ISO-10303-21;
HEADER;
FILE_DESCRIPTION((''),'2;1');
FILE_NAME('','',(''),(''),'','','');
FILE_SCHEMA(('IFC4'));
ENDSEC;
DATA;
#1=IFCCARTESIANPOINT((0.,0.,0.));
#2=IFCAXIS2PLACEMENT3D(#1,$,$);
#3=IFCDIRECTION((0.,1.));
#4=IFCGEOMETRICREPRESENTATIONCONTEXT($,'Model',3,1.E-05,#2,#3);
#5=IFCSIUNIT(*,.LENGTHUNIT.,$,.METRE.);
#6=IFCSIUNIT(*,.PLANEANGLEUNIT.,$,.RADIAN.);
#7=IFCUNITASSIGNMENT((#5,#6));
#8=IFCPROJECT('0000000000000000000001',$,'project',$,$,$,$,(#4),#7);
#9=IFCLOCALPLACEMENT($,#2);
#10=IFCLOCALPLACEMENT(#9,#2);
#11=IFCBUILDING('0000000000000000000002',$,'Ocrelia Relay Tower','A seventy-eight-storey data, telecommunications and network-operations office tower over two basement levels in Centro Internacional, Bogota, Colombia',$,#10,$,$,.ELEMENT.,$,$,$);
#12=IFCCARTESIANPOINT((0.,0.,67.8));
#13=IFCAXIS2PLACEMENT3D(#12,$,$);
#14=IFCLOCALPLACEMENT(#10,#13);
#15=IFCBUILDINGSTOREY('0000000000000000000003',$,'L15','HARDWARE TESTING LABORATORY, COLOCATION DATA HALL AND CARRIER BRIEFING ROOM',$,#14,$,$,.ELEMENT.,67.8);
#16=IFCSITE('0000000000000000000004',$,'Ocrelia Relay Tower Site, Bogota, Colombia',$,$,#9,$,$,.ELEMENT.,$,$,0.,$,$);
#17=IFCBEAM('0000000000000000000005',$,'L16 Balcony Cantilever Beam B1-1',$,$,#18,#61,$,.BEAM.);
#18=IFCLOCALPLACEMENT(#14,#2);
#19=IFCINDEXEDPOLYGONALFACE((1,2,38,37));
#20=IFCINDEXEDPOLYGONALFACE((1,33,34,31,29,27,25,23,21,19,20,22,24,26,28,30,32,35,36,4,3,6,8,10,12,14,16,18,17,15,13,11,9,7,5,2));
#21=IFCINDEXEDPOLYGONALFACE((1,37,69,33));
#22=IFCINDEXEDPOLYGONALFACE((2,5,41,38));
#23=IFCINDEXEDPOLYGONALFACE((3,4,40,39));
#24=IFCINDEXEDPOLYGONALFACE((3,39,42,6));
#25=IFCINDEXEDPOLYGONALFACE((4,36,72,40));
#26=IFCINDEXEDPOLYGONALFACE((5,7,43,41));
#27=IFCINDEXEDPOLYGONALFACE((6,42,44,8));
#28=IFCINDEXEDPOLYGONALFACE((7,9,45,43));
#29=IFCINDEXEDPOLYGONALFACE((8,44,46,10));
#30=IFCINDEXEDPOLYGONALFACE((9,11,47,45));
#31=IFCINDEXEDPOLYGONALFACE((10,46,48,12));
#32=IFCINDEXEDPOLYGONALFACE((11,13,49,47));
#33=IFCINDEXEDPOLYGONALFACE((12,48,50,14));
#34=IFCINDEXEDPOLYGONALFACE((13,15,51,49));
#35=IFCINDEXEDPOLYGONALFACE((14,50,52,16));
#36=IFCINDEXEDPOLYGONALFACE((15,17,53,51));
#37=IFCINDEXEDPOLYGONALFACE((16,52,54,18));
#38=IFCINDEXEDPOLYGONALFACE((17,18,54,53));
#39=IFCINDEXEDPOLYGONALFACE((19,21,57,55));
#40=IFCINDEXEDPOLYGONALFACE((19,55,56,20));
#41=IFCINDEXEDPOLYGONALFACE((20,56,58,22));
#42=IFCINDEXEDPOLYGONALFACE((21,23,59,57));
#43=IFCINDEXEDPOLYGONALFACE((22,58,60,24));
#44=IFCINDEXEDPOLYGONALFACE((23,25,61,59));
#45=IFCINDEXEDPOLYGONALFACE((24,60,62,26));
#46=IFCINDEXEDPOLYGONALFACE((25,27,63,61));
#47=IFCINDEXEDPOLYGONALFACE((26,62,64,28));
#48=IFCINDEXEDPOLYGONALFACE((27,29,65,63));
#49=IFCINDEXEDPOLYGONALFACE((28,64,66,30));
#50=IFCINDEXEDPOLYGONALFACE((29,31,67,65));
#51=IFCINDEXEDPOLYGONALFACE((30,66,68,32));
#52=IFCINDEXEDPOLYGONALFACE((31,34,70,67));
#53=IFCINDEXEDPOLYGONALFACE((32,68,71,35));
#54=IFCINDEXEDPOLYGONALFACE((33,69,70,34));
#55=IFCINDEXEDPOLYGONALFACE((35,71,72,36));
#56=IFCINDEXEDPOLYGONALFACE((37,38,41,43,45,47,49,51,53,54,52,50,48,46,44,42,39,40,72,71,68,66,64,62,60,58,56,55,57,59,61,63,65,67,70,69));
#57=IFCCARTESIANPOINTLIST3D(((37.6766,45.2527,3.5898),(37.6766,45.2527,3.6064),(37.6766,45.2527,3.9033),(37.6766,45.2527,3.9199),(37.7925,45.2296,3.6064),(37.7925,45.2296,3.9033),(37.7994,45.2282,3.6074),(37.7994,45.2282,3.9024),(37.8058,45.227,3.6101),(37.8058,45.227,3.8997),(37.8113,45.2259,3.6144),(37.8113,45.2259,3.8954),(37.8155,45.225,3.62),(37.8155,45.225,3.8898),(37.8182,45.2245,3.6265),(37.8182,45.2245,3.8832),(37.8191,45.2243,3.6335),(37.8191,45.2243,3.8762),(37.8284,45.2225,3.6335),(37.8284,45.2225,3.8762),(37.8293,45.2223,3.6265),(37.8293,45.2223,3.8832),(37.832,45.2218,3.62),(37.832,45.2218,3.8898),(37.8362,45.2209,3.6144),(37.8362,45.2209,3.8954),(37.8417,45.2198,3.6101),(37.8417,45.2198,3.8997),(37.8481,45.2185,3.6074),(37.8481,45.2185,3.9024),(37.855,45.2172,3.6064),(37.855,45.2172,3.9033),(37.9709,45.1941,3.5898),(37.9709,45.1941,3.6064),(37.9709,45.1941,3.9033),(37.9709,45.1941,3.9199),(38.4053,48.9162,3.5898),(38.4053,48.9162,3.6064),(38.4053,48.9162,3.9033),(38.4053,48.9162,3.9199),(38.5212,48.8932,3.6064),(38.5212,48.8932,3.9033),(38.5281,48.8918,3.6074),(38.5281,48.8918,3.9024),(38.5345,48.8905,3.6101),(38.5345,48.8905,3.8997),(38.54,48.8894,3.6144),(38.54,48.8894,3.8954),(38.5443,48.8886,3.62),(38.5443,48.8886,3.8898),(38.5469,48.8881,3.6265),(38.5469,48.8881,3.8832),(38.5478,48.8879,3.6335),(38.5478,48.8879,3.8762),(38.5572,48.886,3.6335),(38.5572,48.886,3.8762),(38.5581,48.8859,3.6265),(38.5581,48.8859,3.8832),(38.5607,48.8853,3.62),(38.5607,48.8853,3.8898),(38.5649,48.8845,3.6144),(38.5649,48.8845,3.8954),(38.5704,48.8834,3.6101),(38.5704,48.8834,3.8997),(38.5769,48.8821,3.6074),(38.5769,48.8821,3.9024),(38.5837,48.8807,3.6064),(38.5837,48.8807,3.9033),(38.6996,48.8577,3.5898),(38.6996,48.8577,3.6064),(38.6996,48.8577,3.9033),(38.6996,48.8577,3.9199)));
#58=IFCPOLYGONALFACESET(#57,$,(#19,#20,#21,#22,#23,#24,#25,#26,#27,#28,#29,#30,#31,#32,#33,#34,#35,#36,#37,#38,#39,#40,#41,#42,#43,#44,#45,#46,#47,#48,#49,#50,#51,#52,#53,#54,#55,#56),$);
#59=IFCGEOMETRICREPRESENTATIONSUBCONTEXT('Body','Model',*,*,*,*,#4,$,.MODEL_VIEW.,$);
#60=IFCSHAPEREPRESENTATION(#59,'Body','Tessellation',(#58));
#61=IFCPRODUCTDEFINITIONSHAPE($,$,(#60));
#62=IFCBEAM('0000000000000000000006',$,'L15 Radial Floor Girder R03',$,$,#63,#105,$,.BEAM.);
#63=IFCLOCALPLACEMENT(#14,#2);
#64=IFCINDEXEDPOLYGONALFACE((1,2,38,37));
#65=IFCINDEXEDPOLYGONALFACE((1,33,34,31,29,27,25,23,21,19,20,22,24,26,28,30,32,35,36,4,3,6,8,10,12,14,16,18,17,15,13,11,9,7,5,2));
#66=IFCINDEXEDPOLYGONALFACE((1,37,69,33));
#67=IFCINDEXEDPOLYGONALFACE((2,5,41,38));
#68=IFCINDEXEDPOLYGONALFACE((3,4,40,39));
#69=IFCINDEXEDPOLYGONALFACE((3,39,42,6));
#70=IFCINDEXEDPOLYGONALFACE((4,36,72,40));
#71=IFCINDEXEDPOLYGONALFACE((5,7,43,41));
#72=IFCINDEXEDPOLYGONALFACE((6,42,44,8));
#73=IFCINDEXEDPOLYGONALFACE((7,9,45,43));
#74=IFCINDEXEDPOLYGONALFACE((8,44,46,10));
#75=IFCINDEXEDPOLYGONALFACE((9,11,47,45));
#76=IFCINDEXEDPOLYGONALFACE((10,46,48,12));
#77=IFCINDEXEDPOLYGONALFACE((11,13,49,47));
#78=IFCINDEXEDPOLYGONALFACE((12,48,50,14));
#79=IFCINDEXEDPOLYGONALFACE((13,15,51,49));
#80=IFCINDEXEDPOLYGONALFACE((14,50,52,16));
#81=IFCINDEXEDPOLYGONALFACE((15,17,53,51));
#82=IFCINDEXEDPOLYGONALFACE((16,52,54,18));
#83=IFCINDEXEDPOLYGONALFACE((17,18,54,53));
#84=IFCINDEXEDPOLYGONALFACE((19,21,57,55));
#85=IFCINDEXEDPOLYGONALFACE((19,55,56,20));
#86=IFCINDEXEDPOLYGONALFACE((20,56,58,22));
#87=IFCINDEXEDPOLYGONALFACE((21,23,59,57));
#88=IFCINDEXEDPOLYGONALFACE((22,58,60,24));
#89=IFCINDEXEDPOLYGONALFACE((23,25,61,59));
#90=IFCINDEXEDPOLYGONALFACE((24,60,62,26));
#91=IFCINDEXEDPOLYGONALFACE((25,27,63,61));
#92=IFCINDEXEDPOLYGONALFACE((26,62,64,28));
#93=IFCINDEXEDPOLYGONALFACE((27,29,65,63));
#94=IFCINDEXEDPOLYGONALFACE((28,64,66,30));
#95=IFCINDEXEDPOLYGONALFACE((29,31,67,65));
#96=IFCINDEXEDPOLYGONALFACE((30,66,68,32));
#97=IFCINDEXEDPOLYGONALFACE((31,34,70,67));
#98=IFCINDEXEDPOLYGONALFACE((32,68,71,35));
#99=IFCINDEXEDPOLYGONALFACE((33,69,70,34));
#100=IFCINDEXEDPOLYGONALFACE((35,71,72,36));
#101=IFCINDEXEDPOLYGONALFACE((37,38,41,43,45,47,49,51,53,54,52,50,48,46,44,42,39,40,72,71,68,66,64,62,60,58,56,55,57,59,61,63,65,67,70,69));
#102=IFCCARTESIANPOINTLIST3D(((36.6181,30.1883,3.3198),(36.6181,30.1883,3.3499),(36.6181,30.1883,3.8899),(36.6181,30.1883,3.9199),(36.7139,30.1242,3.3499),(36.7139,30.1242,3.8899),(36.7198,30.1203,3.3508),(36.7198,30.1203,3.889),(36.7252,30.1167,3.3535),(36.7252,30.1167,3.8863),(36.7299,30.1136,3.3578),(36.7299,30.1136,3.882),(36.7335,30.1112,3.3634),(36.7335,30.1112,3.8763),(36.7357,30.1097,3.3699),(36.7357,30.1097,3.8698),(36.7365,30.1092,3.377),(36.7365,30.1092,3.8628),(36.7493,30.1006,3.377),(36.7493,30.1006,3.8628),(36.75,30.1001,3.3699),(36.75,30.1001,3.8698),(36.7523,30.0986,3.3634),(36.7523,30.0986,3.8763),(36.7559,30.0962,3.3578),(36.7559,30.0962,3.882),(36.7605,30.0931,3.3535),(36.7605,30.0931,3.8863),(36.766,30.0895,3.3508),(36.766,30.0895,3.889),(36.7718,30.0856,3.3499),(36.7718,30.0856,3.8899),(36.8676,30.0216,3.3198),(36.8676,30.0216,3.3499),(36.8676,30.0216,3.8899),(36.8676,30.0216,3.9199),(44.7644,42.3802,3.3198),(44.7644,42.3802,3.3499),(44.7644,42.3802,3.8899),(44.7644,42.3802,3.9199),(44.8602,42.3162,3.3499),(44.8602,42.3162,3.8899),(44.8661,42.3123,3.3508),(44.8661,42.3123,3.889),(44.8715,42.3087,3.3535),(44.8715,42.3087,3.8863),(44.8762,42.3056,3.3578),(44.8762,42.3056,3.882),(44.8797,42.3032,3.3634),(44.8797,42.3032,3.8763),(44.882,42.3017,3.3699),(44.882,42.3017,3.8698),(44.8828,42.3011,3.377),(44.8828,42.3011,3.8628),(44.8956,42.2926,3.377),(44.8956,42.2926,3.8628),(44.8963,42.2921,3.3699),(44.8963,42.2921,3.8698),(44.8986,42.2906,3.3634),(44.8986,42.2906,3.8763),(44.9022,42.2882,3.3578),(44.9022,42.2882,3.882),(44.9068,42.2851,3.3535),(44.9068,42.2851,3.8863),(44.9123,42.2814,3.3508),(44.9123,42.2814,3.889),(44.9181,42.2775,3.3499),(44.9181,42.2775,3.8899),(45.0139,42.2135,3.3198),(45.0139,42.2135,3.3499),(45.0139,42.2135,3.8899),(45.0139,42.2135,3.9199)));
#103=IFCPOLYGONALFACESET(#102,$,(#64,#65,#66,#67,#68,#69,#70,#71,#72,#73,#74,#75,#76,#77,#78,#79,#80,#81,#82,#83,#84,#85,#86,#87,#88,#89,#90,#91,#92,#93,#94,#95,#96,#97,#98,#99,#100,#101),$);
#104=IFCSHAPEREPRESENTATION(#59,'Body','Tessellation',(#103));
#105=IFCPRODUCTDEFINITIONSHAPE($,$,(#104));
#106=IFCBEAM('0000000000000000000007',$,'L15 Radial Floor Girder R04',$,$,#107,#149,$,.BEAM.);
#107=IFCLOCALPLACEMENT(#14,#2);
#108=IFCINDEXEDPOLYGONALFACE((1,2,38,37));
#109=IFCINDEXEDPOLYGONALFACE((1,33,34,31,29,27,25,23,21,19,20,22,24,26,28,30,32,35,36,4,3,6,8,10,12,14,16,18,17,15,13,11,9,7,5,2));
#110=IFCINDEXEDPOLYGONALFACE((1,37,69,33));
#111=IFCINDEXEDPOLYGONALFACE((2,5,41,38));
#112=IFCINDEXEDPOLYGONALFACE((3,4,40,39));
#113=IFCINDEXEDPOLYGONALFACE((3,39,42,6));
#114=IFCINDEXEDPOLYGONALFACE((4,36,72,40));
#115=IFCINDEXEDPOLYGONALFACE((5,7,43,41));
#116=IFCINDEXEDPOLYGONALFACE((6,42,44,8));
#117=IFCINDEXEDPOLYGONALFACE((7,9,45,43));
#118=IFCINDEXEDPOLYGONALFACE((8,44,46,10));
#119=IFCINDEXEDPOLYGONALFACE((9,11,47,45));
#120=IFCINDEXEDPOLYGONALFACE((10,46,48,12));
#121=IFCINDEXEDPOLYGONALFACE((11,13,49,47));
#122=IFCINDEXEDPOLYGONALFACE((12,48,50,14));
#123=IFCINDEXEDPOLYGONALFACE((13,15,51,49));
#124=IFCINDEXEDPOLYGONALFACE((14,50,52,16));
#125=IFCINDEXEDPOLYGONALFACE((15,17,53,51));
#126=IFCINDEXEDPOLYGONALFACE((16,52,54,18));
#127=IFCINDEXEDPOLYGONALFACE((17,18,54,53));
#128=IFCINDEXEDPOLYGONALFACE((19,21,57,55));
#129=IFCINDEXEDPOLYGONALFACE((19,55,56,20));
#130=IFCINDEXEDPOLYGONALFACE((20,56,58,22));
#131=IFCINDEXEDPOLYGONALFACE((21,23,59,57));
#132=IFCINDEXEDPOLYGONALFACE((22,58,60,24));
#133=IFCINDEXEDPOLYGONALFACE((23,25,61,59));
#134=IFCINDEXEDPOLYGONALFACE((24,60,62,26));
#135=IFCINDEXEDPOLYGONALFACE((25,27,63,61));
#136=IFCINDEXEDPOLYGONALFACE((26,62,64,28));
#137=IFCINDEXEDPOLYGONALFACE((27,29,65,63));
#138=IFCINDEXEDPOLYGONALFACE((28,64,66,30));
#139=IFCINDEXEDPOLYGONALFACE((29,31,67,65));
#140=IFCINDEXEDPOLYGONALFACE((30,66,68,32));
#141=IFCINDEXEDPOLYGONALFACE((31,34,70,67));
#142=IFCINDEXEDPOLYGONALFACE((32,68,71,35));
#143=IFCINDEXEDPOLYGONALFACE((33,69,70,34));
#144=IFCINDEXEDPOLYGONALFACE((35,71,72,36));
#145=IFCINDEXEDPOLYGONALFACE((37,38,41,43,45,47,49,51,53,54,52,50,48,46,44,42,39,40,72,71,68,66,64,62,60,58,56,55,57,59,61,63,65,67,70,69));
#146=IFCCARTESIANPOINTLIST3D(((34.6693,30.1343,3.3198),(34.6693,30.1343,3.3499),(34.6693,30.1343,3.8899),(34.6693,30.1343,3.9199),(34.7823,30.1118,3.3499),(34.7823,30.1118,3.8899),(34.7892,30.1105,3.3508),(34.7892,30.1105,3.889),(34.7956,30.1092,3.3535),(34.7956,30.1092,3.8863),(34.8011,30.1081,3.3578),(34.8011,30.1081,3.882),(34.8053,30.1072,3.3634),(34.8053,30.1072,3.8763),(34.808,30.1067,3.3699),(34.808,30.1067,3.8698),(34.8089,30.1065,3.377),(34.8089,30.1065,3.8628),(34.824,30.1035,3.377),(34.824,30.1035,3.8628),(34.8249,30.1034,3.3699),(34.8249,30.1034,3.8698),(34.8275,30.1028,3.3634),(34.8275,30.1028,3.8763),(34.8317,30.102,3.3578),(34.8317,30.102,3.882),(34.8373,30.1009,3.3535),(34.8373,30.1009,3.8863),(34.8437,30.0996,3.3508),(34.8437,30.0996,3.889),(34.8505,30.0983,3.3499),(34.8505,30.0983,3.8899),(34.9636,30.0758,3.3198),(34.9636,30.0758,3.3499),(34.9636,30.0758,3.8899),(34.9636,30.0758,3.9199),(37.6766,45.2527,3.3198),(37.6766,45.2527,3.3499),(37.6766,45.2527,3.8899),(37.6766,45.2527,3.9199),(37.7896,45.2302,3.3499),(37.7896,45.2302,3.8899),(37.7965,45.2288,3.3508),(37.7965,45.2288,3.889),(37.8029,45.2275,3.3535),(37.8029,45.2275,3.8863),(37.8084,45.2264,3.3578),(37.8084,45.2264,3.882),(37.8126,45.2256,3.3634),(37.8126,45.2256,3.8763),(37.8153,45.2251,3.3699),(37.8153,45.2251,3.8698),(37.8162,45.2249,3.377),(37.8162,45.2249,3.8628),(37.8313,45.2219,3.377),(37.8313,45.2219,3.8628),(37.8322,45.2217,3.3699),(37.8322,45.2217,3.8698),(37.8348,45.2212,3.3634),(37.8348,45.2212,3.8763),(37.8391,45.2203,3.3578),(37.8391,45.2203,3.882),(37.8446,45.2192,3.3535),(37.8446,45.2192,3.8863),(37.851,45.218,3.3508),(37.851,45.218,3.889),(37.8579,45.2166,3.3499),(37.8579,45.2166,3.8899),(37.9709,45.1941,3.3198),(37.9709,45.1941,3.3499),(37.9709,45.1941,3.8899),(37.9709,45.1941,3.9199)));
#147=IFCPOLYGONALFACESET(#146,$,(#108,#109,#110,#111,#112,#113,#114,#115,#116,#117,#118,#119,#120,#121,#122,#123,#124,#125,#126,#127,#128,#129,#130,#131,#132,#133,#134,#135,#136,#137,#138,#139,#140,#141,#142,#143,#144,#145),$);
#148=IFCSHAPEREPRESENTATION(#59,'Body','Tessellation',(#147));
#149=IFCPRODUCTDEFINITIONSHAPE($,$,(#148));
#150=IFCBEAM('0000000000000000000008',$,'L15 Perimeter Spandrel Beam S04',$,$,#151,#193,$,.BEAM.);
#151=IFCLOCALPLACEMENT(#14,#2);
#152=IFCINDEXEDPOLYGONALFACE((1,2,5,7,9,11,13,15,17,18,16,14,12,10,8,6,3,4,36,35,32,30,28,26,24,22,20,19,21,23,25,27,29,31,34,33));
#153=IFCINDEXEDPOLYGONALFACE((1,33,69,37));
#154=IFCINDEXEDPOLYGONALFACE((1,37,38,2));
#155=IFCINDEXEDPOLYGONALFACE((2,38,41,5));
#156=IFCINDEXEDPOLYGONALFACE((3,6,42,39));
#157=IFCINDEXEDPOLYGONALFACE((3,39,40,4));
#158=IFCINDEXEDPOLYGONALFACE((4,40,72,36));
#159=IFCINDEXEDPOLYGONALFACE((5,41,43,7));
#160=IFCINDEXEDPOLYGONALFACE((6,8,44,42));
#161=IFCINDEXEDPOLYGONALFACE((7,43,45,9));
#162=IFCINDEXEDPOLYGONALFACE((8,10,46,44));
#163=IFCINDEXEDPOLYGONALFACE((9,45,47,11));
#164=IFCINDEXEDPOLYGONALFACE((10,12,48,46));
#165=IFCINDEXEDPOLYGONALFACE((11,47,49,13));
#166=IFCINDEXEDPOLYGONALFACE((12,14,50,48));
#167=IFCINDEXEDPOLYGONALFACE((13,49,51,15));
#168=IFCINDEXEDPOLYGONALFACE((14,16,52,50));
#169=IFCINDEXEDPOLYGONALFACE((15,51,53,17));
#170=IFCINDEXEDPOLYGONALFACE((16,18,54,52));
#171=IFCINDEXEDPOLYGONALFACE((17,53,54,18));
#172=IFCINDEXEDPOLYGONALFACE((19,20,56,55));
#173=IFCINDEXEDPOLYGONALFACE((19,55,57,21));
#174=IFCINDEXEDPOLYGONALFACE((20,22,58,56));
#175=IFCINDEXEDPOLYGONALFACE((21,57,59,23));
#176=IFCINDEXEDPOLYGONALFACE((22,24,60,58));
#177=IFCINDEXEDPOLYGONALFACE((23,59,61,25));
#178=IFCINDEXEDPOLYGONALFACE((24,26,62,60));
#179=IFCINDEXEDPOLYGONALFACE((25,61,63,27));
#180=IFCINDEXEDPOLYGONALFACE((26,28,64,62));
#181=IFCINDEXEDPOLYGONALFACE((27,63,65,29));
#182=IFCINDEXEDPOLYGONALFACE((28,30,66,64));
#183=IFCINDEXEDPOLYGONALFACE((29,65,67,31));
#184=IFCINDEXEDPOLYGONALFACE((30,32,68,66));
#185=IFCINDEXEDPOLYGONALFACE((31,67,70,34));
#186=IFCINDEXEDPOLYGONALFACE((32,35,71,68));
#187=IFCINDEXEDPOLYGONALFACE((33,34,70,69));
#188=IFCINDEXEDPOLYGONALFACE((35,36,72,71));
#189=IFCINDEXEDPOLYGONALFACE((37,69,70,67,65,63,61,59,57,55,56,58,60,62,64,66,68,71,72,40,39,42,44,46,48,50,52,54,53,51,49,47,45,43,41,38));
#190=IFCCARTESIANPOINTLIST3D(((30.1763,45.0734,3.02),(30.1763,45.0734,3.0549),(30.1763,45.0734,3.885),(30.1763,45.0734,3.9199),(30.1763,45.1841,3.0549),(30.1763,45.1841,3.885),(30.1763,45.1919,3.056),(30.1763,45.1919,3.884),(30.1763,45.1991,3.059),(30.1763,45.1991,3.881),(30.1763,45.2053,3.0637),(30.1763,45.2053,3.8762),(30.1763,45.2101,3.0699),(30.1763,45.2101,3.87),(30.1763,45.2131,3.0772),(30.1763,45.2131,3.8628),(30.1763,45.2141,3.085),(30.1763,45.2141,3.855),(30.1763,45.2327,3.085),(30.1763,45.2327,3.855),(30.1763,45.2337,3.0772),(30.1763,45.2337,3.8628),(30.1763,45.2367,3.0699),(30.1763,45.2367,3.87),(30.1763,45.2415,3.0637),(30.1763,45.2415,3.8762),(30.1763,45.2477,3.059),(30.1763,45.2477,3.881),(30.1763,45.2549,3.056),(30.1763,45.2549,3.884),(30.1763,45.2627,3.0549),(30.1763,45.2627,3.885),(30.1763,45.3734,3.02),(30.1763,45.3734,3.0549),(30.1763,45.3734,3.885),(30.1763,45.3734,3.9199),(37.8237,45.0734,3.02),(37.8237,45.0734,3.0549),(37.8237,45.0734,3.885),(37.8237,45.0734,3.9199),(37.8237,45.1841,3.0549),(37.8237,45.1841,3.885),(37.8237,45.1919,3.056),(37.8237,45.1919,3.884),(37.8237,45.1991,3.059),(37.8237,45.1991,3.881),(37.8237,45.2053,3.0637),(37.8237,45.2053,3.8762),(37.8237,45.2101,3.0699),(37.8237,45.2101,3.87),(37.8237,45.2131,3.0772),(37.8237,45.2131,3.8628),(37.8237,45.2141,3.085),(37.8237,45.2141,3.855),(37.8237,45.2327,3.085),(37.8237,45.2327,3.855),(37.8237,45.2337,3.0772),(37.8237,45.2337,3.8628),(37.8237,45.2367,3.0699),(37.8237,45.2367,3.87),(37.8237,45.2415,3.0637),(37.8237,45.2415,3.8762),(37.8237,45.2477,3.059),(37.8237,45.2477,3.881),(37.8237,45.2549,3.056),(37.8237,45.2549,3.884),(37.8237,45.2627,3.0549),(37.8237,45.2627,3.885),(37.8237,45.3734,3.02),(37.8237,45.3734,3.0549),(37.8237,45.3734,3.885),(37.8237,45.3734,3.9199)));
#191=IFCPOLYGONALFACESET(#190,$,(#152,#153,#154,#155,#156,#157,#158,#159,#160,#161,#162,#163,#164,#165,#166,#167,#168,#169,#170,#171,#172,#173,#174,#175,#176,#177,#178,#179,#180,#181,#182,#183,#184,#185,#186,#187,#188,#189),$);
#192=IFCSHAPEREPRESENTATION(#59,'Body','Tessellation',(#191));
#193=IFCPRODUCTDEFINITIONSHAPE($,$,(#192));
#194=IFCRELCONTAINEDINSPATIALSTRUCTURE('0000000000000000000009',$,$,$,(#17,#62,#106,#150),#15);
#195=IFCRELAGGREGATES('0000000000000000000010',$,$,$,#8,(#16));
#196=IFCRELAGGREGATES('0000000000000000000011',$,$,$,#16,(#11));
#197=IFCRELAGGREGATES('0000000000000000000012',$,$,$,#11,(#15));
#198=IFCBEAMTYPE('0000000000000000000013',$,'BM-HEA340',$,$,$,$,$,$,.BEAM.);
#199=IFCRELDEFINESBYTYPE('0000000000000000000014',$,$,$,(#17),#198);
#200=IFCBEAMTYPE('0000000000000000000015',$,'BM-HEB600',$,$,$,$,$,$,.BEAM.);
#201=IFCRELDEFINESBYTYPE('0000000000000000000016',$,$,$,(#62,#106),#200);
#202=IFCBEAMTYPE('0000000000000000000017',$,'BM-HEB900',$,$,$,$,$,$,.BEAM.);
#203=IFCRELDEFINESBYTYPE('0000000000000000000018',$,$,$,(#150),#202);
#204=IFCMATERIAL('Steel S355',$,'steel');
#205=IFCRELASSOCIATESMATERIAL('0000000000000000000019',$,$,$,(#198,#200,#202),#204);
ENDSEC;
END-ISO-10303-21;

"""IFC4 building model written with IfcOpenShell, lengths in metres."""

from ifc_helpers import new_model, si_unit, direction, frame, origin, origin_2d, place, context, subcontext, project, spatial, i_section, extrude, material, material_profile, profile_set, type_object, element, save


model = new_model("IFC4")

# Units and contexts
model_context = context("Model", 3, precision=1e-05, world=origin(), true_north=direction((0.0, 1.0)))
body_context = subcontext(model_context, "Body", "Model", "MODEL_VIEW")
ifc_project = project(units=[si_unit("LENGTHUNIT", "METRE"), si_unit("PLANEANGLEUNIT", "RADIAN")], contexts=[model_context])

# Site, building, storey
site_placement = place(None, origin())
site = spatial("IfcSite", under=ifc_project, at=site_placement, Name="Ocrelia Relay Tower Site, Bogota, Colombia", CompositionType="ELEMENT", RefElevation=0.0)
building_placement = place(site_placement, origin())
building = spatial("IfcBuilding", under=site, at=building_placement, Name="Ocrelia Relay Tower", Description="A seventy-eight-storey data, telecommunications and network-operations office tower over two basement levels in Centro Internacional, Bogota, Colombia", CompositionType="ELEMENT")
storey_placement = place(building_placement, frame((0.0, 0.0, 67.8)))
storey = spatial("IfcBuildingStorey", under=building, at=storey_placement, Name="L15", Description="HARDWARE TESTING LABORATORY, COLOCATION DATA HALL AND CARRIER BRIEFING ROOM", CompositionType="ELEMENT", Elevation=67.8)

# Beams
ifc_material_1 = material(Name="Steel S355", Category="steel")
ifc_material_profile_1 = material_profile(ifc_material_1, i_section(OverallWidth=0.3, OverallDepth=0.3301, WebThickness=0.0095, FlangeThickness=0.0166, FilletRadius=0.0271, at=origin_2d()), Name="HEA 340")
ifc_profile_set_1 = profile_set([ifc_material_profile_1], Name="Steel S355")
beam_type_1 = type_object("IfcBeamType", Name="BM-HEA340", PredefinedType="BEAM", material=ifc_profile_set_1)
beam_1_placement = place(storey_placement, frame((37.8237, 45.2234, 3.7549), z_axis=(0.195098, 0.980784, 0.0), x_axis=(-0.980784, 0.195098, 0.0)))
element("IfcBeam", 1, at=beam_1_placement, inside=storey, type_object=beam_type_1, Name="L16 Balcony Cantilever Beam B1-1", PredefinedType="BEAM", context=body_context, shape_type="SweptSolid", body=[
    extrude(i_section(OverallWidth=0.3, OverallDepth=0.3301, WebThickness=0.0095, FlangeThickness=0.0166, FilletRadius=0.0271, at=origin_2d()), origin(), (0.0, 0.0, 1.0), 3.7354),
])
ifc_material_profile_2 = material_profile(ifc_material_1, i_section(OverallWidth=0.3, OverallDepth=0.6001, WebThickness=0.0154, FlangeThickness=0.03, FilletRadius=0.0271, at=origin_2d()), Name="HEB 600")
ifc_profile_set_2 = profile_set([ifc_material_profile_2], Name="Steel S355")
beam_type_2 = type_object("IfcBeamType", Name="BM-HEB600", PredefinedType="BEAM", material=ifc_profile_set_2)
beam_2_placement = place(storey_placement, frame((44.8892, 42.2969, 3.6199), z_axis=(-0.555564, -0.831473, 0.0), x_axis=(0.831473, -0.555564, 0.0)))
element("IfcBeam", 2, at=beam_2_placement, inside=storey, type_object=beam_type_2, Name="L15 Radial Floor Girder R03", PredefinedType="BEAM", context=body_context, shape_type="SweptSolid", body=[
    extrude(i_section(OverallWidth=0.3, OverallDepth=0.6001, WebThickness=0.0154, FlangeThickness=0.03, FilletRadius=0.0271, at=origin_2d()), origin(), (0.0, 0.0, 1.0), 14.6631),
])
beam_3_placement = place(storey_placement, frame((37.8237, 45.2234, 3.6199), z_axis=(-0.195096, -0.980784, 0.0), x_axis=(0.980784, -0.195096, 0.0)))
element("IfcBeam", 3, at=beam_3_placement, inside=storey, type_object=beam_type_2, Name="L15 Radial Floor Girder R04", PredefinedType="BEAM", context=body_context, shape_type="SweptSolid", body=[
    extrude(i_section(OverallWidth=0.3, OverallDepth=0.6001, WebThickness=0.0154, FlangeThickness=0.03, FilletRadius=0.0271, at=origin_2d()), origin(), (0.0, 0.0, 1.0), 15.4146),
])
ifc_material_profile_3 = material_profile(ifc_material_1, i_section(OverallWidth=0.3, OverallDepth=0.8999, WebThickness=0.0186, FlangeThickness=0.0349, FilletRadius=0.03, at=origin_2d()), Name="HEB 900")
ifc_profile_set_3 = profile_set([ifc_material_profile_3], Name="Steel S355")
beam_type_3 = type_object("IfcBeamType", Name="BM-HEB900", PredefinedType="BEAM", material=ifc_profile_set_3)
beam_4_placement = place(storey_placement, frame((37.8237, 45.2234, 3.47), z_axis=(-1.0, 0.0, 0.0), x_axis=(0.0, -1.0, 0.0)))
element("IfcBeam", 4, at=beam_4_placement, inside=storey, type_object=beam_type_3, Name="L15 Perimeter Spandrel Beam S04", PredefinedType="BEAM", context=body_context, shape_type="SweptSolid", body=[
    extrude(i_section(OverallWidth=0.3, OverallDepth=0.8999, WebThickness=0.0186, FlangeThickness=0.0349, FilletRadius=0.03, at=origin_2d()), origin(), (0.0, 0.0, 1.0), 7.6475),
])

save(model, "model.ifc")
